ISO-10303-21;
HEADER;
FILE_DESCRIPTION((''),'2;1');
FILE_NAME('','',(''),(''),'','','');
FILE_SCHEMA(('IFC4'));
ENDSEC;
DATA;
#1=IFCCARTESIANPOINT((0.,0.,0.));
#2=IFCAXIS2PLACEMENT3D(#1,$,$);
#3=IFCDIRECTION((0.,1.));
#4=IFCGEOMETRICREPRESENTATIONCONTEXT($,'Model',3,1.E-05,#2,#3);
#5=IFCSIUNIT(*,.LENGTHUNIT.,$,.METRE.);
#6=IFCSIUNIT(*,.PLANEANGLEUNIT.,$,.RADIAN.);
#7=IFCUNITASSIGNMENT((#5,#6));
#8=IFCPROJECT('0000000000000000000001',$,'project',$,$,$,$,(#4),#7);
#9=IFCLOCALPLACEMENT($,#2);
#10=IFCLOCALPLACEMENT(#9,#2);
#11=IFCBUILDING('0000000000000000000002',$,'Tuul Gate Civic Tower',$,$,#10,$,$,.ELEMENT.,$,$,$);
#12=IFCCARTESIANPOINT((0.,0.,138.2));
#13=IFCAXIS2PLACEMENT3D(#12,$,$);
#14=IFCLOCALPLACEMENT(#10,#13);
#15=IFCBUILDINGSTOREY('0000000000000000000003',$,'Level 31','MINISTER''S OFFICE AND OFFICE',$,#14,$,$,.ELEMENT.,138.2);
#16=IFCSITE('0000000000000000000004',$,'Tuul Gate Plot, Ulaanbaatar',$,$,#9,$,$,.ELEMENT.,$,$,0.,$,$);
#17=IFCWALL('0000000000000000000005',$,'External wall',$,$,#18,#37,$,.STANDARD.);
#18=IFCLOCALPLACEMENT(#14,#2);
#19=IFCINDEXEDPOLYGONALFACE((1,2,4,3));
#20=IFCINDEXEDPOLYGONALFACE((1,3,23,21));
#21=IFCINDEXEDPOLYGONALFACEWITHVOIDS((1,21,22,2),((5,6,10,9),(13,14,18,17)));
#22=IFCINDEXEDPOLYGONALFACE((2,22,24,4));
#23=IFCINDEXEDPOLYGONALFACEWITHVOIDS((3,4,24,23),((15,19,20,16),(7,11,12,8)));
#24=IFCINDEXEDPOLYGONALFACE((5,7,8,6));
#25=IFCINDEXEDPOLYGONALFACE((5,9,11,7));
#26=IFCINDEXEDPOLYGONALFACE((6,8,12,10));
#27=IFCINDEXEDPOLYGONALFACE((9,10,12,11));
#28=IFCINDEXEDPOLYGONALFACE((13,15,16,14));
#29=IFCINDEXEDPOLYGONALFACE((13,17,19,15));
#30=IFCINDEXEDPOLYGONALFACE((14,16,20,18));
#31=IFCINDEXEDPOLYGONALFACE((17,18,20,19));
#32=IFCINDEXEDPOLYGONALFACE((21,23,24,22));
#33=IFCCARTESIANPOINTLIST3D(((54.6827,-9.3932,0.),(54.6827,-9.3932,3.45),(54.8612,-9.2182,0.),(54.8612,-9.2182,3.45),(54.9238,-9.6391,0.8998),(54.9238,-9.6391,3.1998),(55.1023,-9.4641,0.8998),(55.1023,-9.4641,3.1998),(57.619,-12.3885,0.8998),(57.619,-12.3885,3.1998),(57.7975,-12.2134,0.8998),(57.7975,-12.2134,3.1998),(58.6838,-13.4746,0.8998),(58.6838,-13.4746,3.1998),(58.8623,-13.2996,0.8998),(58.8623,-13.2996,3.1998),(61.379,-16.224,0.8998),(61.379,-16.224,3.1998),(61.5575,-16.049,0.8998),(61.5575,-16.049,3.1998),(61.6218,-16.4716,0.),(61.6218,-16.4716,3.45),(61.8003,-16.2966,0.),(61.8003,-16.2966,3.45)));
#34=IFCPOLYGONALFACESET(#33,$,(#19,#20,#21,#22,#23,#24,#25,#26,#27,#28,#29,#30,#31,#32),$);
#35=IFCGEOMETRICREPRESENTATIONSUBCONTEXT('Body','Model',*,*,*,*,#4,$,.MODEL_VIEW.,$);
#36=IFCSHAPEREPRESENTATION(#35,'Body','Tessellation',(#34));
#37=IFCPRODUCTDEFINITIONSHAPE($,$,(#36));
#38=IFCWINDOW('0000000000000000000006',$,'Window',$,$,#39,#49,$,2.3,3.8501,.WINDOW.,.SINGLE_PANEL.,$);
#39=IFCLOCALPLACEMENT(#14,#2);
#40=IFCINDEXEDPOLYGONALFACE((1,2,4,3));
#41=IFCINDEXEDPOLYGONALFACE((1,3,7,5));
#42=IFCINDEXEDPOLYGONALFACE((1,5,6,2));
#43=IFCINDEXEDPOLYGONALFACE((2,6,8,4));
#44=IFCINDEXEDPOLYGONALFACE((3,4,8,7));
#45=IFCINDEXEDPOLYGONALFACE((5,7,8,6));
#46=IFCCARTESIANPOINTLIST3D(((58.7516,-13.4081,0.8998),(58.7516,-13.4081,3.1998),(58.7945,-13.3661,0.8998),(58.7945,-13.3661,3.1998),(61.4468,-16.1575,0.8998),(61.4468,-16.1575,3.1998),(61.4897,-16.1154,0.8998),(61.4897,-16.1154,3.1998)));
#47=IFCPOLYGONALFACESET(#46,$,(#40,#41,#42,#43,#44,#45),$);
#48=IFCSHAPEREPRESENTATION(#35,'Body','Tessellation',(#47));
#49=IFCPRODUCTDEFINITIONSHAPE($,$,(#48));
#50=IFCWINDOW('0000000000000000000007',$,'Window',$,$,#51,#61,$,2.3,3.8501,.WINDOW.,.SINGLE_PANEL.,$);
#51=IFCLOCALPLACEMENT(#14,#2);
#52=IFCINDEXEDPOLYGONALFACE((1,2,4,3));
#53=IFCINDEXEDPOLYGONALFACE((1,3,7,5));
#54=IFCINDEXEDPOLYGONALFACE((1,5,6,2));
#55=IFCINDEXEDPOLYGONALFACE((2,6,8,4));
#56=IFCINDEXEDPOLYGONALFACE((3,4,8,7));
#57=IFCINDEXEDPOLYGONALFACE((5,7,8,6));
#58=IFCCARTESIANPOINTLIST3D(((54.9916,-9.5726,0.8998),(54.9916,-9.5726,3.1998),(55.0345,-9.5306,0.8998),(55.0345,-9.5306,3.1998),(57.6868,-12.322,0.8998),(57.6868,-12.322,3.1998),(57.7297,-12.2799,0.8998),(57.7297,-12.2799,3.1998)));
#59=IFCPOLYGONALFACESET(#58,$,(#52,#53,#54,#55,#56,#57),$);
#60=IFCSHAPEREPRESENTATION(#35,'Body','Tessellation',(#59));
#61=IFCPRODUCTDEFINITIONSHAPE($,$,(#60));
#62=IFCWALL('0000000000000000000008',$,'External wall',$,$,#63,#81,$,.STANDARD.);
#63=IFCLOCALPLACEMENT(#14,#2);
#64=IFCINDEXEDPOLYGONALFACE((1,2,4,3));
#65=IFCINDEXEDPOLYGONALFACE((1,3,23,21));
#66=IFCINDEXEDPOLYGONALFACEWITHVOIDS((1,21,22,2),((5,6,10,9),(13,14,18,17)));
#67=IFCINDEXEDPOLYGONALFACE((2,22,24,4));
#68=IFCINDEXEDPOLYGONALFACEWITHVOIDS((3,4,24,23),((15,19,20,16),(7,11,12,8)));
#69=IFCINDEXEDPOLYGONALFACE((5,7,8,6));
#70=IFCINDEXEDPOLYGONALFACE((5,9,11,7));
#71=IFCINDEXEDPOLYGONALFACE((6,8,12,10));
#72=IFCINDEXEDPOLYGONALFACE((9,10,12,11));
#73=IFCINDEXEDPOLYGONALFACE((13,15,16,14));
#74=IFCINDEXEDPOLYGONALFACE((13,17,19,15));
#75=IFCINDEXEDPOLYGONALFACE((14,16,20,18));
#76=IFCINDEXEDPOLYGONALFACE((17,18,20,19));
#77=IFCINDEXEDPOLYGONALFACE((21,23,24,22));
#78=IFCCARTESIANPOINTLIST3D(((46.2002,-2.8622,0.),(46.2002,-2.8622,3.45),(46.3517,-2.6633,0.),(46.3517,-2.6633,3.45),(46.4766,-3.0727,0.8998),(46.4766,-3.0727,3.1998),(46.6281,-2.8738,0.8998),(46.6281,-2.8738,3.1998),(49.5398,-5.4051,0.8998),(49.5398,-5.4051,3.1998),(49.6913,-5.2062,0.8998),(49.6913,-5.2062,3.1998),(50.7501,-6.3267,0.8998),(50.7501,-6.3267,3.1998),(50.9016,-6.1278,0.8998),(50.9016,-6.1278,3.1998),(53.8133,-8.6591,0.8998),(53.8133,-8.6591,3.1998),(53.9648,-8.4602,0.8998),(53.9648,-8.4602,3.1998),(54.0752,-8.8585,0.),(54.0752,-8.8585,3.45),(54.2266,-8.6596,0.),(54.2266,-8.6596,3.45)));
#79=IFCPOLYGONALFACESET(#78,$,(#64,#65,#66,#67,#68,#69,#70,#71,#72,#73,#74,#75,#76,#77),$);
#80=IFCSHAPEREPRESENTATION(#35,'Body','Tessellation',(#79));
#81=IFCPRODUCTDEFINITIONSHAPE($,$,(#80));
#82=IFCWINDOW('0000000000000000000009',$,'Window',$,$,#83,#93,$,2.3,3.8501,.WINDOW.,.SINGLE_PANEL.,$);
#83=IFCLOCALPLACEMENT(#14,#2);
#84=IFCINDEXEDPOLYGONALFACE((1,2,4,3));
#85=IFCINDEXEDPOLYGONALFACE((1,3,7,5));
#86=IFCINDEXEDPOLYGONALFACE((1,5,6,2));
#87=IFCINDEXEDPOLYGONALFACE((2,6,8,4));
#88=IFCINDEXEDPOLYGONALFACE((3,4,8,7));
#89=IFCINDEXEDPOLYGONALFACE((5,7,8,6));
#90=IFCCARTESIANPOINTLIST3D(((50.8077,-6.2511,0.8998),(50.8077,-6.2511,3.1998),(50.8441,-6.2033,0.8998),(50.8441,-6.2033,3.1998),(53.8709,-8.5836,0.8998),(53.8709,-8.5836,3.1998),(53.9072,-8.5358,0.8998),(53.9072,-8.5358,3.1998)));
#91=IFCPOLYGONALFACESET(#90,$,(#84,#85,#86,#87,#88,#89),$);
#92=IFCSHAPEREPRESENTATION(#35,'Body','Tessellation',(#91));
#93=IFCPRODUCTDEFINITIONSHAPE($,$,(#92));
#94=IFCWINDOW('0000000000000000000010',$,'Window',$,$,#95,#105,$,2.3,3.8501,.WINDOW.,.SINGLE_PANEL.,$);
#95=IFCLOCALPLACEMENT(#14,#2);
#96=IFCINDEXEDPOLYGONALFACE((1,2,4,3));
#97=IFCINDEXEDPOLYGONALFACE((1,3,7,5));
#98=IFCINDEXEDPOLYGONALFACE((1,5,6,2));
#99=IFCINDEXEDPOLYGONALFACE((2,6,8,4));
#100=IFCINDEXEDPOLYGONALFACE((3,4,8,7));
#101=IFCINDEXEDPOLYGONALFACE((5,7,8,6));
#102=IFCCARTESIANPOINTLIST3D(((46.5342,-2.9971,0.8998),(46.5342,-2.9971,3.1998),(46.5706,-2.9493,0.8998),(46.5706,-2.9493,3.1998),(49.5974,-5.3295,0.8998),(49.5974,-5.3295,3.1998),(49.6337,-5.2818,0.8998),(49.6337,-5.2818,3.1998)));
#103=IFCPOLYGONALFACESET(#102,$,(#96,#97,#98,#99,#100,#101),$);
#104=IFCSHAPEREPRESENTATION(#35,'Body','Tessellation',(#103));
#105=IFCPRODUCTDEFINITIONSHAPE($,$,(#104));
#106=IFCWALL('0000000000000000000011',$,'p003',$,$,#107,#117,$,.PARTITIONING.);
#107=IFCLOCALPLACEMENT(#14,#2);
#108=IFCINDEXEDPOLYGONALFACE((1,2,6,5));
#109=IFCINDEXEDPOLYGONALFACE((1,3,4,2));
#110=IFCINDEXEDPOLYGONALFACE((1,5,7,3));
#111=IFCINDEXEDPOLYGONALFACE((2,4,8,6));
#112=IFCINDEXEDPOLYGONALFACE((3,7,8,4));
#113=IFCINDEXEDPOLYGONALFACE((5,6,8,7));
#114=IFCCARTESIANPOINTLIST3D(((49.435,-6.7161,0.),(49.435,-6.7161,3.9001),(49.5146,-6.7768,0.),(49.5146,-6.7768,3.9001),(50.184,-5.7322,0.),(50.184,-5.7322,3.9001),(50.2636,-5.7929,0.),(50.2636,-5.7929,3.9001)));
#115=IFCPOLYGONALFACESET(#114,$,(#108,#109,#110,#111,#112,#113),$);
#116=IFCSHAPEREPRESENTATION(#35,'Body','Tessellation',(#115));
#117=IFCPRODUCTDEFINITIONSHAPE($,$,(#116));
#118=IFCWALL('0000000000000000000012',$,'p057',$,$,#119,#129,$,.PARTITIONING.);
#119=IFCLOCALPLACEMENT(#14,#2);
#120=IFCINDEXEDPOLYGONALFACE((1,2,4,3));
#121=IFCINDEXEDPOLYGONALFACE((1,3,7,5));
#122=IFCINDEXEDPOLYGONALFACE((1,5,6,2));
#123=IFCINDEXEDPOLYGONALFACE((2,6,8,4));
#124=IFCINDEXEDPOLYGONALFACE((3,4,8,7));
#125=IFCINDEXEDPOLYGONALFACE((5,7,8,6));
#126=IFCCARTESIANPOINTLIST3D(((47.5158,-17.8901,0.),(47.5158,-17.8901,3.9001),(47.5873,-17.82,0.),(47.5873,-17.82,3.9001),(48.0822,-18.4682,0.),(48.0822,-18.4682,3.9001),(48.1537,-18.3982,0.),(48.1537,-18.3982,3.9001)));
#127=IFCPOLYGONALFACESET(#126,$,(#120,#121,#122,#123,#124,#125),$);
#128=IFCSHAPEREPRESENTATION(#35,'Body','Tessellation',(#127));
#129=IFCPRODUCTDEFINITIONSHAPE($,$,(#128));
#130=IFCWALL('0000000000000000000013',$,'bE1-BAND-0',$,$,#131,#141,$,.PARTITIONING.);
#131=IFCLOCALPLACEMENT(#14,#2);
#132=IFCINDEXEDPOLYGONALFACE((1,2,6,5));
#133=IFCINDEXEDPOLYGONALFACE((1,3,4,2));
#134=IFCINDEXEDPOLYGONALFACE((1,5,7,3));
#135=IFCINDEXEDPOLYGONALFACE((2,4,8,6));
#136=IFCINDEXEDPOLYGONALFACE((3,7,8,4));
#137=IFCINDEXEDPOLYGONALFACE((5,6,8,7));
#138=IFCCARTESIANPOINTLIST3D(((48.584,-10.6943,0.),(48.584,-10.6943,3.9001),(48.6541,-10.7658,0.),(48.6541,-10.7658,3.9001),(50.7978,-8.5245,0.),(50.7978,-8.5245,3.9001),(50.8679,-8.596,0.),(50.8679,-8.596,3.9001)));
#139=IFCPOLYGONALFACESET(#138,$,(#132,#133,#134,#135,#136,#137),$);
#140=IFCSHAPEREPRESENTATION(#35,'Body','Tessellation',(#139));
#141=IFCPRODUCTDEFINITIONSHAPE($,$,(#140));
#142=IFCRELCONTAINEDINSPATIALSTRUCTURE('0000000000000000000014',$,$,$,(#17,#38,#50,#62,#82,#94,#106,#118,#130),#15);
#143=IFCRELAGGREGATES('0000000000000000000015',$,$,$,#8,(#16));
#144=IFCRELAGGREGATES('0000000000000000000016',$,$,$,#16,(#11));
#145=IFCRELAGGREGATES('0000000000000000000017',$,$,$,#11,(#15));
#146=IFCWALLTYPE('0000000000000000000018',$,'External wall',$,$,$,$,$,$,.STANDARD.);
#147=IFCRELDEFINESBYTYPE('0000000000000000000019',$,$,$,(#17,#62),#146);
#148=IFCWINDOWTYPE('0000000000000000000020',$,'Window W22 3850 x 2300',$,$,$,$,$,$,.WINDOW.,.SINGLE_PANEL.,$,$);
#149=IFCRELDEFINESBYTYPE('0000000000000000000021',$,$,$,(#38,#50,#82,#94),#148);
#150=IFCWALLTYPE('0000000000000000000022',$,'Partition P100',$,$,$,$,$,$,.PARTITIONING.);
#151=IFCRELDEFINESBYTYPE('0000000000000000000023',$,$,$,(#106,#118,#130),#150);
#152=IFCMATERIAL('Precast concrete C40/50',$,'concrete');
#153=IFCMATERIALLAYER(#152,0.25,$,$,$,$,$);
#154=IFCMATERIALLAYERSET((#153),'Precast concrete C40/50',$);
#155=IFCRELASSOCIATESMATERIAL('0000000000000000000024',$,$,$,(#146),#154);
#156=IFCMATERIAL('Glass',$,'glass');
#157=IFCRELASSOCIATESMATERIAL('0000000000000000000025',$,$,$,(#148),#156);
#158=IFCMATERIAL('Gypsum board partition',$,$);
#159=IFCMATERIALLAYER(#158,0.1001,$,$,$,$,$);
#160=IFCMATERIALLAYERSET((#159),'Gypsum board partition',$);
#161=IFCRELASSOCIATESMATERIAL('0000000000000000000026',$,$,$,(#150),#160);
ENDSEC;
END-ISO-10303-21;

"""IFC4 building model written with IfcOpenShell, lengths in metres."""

from ifc_helpers import new_model, si_unit, direction, frame, frame_2d, origin, place, context, subcontext, project, spatial, rectangle, extrude, material, layer, layer_set, type_object, element, fill, save


model = new_model("IFC4")

# Units and contexts
model_context = context("Model", 3, precision=1e-05, world=origin(), true_north=direction((0.0, 1.0)))
body_context = subcontext(model_context, "Body", "Model", "MODEL_VIEW")
ifc_project = project(units=[si_unit("LENGTHUNIT", "METRE"), si_unit("PLANEANGLEUNIT", "RADIAN")], contexts=[model_context])

# Site, building, storey
site_placement = place(None, origin())
site = spatial("IfcSite", under=ifc_project, at=site_placement, Name="Tuul Gate Plot, Ulaanbaatar", CompositionType="ELEMENT", RefElevation=0.0)
building_placement = place(site_placement, origin())
building = spatial("IfcBuilding", under=site, at=building_placement, Name="Tuul Gate Civic Tower", CompositionType="ELEMENT")
storey_placement = place(building_placement, frame((0.0, 0.0, 138.2)))
storey = spatial("IfcBuildingStorey", under=building, at=storey_placement, Name="Level 31", Description="MINISTER'S OFFICE AND OFFICE", CompositionType="ELEMENT", Elevation=138.2)

# Walls, openings, windows
ifc_material_1 = material(Name="Precast concrete C40/50", Category="concrete")
ifc_layer_1 = layer(ifc_material_1, 0.25)
ifc_layer_set_1 = layer_set([ifc_layer_1], Name="Precast concrete C40/50")
wall_type_1 = type_object("IfcWallType", Name="External wall", PredefinedType="STANDARD", material=ifc_layer_set_1)
wall_1_placement = place(storey_placement, frame((61.7109, -16.384, 0.0), z_axis=(0.0, 0.0, 1.0), x_axis=(-0.70004, 0.714104, 0.0)))
wall_1 = element("IfcWall", 1, at=wall_1_placement, inside=storey, type_object=wall_type_1, Name="External wall", PredefinedType="STANDARD", context=body_context, shape_type="SweptSolid", body=[
    extrude(rectangle(XDim=9.9124, YDim=0.25, at=frame_2d((4.9561, 0.0))), origin(), (0.0, 0.0, 1.0), 3.45),
])
opening_1_placement = place(wall_1_placement, frame((0.3467, 0.0, 0.8999)))
opening_1 = element("IfcOpeningElement", 2, at=opening_1_placement, cuts=wall_1, PredefinedType="OPENING", context=body_context, shape_type="SweptSolid", body=[
    extrude(rectangle(XDim=3.8501, YDim=2.3, at=frame_2d((1.925, 1.1499))), frame((0.0, 0.135, 0.0), z_axis=(0.0, -1.0, 0.0), x_axis=(1.0, 0.0, 0.0)), (0.0, 0.0, 1.0), 0.27),
])
opening_2_placement = place(wall_1_placement, frame((5.7178, 0.0, 0.8999)))
opening_2 = element("IfcOpeningElement", 3, at=opening_2_placement, cuts=wall_1, PredefinedType="OPENING", context=body_context, shape_type="SweptSolid", body=[
    extrude(rectangle(XDim=3.8501, YDim=2.3, at=frame_2d((1.925, 1.1499))), frame((0.0, 0.135, 0.0), z_axis=(0.0, -1.0, 0.0), x_axis=(1.0, 0.0, 0.0)), (0.0, 0.0, 1.0), 0.27),
])
ifc_material_2 = material(Name="Glass", Category="glass")
window_type = type_object("IfcWindowType", Name="Window W22 3850 x 2300", PartitioningType="SINGLE_PANEL", PredefinedType="WINDOW", material=ifc_material_2)
window_1_placement = place(opening_1_placement, origin())
window_1 = element("IfcWindow", 4, at=window_1_placement, inside=storey, type_object=window_type, Name="Window", OverallHeight=2.3, OverallWidth=3.8501, PartitioningType="SINGLE_PANEL", PredefinedType="WINDOW", context=body_context, shape_type="SweptSolid", body=[
    extrude(rectangle(XDim=3.8501, YDim=2.3, at=frame_2d((1.925, 1.1499))), frame((0.0, 0.03, 0.0), z_axis=(0.0, -1.0, 0.0), x_axis=(1.0, 0.0, 0.0)), (0.0, 0.0, 1.0), 0.0601),
])
fill(opening_1, window_1)
window_2_placement = place(opening_2_placement, origin())
window_2 = element("IfcWindow", 5, at=window_2_placement, inside=storey, type_object=window_type, Name="Window", OverallHeight=2.3, OverallWidth=3.8501, PartitioningType="SINGLE_PANEL", PredefinedType="WINDOW", context=body_context, shape_type="SweptSolid", body=[
    extrude(rectangle(XDim=3.8501, YDim=2.3, at=frame_2d((1.925, 1.1499))), frame((0.0, 0.03, 0.0), z_axis=(0.0, -1.0, 0.0), x_axis=(1.0, 0.0, 0.0)), (0.0, 0.0, 1.0), 0.0601),
])
fill(opening_2, window_2)
wall_2_placement = place(storey_placement, frame((54.1509, -8.759, 0.0), z_axis=(0.0, 0.0, 1.0), x_axis=(-0.79561, 0.605809, 0.0)))
wall_2 = element("IfcWall", 6, at=wall_2_placement, inside=storey, type_object=wall_type_1, Name="External wall", PredefinedType="STANDARD", context=body_context, shape_type="SweptSolid", body=[
    extrude(rectangle(XDim=9.8979, YDim=0.25, at=frame_2d((4.949, 0.0))), origin(), (0.0, 0.0, 1.0), 3.45),
])
opening_3_placement = place(wall_2_placement, frame((0.3291, 0.0, 0.8999)))
opening_3 = element("IfcOpeningElement", 7, at=opening_3_placement, cuts=wall_2, PredefinedType="OPENING", context=body_context, shape_type="SweptSolid", body=[
    extrude(rectangle(XDim=3.8501, YDim=2.3, at=frame_2d((1.925, 1.1499))), frame((0.0, 0.135, 0.0), z_axis=(0.0, -1.0, 0.0), x_axis=(1.0, 0.0, 0.0)), (0.0, 0.0, 1.0), 0.27),
])
opening_4_placement = place(wall_2_placement, frame((5.7004, 0.0, 0.8999)))
opening_4 = element("IfcOpeningElement", 8, at=opening_4_placement, cuts=wall_2, PredefinedType="OPENING", context=body_context, shape_type="SweptSolid", body=[
    extrude(rectangle(XDim=3.8501, YDim=2.3, at=frame_2d((1.925, 1.1499))), frame((0.0, 0.135, 0.0), z_axis=(0.0, -1.0, 0.0), x_axis=(1.0, 0.0, 0.0)), (0.0, 0.0, 1.0), 0.27),
])
window_3_placement = place(opening_3_placement, origin())
window_3 = element("IfcWindow", 9, at=window_3_placement, inside=storey, type_object=window_type, Name="Window", OverallHeight=2.3, OverallWidth=3.8501, PartitioningType="SINGLE_PANEL", PredefinedType="WINDOW", context=body_context, shape_type="SweptSolid", body=[
    extrude(rectangle(XDim=3.8501, YDim=2.3, at=frame_2d((1.925, 1.1499))), frame((0.0, 0.03, 0.0), z_axis=(0.0, -1.0, 0.0), x_axis=(1.0, 0.0, 0.0)), (0.0, 0.0, 1.0), 0.0601),
])
fill(opening_3, window_3)
window_4_placement = place(opening_4_placement, origin())
window_4 = element("IfcWindow", 10, at=window_4_placement, inside=storey, type_object=window_type, Name="Window", OverallHeight=2.3, OverallWidth=3.8501, PartitioningType="SINGLE_PANEL", PredefinedType="WINDOW", context=body_context, shape_type="SweptSolid", body=[
    extrude(rectangle(XDim=3.8501, YDim=2.3, at=frame_2d((1.925, 1.1499))), frame((0.0, 0.03, 0.0), z_axis=(0.0, -1.0, 0.0), x_axis=(1.0, 0.0, 0.0)), (0.0, 0.0, 1.0), 0.0601),
])
fill(opening_4, window_4)

# Walls
ifc_material_3 = material(Name="Gypsum board partition")
ifc_layer_2 = layer(ifc_material_3, 0.1001)
ifc_layer_set_2 = layer_set([ifc_layer_2], Name="Gypsum board partition")
wall_type_2 = type_object("IfcWallType", Name="Partition P100", PredefinedType="PARTITIONING", material=ifc_layer_set_2)
wall_3_placement = place(storey_placement, frame((49.4749, -6.7463, 0.0), z_axis=(0.0, 0.0, 1.0), x_axis=(0.605734, 0.795667, 0.0)))
element("IfcWall", 11, at=wall_3_placement, inside=storey, type_object=wall_type_2, Name="p003", PredefinedType="PARTITIONING", context=body_context, shape_type="SweptSolid", body=[
    extrude(rectangle(XDim=1.2366, YDim=0.1001, at=frame_2d((0.6182, 0.0))), origin(), (0.0, 0.0, 1.0), 3.9001),
])
wall_4_placement = place(storey_placement, frame((47.5515, -17.855, 0.0), z_axis=(0.0, 0.0, 1.0), x_axis=(0.69983, -0.714309, 0.0)))
element("IfcWall", 12, at=wall_4_placement, inside=storey, type_object=wall_type_2, Name="p057", PredefinedType="PARTITIONING", context=body_context, shape_type="SweptSolid", body=[
    extrude(rectangle(XDim=0.8093, YDim=0.1001, at=frame_2d((0.4048, 0.0))), origin(), (0.0, 0.0, 1.0), 3.9001),
])
wall_5_placement = place(storey_placement, frame((48.6191, -10.73, 0.0), z_axis=(0.0, 0.0, 1.0), x_axis=(0.714159, 0.699983, 0.0)))
element("IfcWall", 13, at=wall_5_placement, inside=storey, type_object=wall_type_2, Name="bE1-BAND-0", PredefinedType="PARTITIONING", context=body_context, shape_type="SweptSolid", body=[
    extrude(rectangle(XDim=3.0999, YDim=0.1001, at=frame_2d((1.5498, 0.0))), origin(), (0.0, 0.0, 1.0), 3.9001),
])

save(model, "model.ifc")
